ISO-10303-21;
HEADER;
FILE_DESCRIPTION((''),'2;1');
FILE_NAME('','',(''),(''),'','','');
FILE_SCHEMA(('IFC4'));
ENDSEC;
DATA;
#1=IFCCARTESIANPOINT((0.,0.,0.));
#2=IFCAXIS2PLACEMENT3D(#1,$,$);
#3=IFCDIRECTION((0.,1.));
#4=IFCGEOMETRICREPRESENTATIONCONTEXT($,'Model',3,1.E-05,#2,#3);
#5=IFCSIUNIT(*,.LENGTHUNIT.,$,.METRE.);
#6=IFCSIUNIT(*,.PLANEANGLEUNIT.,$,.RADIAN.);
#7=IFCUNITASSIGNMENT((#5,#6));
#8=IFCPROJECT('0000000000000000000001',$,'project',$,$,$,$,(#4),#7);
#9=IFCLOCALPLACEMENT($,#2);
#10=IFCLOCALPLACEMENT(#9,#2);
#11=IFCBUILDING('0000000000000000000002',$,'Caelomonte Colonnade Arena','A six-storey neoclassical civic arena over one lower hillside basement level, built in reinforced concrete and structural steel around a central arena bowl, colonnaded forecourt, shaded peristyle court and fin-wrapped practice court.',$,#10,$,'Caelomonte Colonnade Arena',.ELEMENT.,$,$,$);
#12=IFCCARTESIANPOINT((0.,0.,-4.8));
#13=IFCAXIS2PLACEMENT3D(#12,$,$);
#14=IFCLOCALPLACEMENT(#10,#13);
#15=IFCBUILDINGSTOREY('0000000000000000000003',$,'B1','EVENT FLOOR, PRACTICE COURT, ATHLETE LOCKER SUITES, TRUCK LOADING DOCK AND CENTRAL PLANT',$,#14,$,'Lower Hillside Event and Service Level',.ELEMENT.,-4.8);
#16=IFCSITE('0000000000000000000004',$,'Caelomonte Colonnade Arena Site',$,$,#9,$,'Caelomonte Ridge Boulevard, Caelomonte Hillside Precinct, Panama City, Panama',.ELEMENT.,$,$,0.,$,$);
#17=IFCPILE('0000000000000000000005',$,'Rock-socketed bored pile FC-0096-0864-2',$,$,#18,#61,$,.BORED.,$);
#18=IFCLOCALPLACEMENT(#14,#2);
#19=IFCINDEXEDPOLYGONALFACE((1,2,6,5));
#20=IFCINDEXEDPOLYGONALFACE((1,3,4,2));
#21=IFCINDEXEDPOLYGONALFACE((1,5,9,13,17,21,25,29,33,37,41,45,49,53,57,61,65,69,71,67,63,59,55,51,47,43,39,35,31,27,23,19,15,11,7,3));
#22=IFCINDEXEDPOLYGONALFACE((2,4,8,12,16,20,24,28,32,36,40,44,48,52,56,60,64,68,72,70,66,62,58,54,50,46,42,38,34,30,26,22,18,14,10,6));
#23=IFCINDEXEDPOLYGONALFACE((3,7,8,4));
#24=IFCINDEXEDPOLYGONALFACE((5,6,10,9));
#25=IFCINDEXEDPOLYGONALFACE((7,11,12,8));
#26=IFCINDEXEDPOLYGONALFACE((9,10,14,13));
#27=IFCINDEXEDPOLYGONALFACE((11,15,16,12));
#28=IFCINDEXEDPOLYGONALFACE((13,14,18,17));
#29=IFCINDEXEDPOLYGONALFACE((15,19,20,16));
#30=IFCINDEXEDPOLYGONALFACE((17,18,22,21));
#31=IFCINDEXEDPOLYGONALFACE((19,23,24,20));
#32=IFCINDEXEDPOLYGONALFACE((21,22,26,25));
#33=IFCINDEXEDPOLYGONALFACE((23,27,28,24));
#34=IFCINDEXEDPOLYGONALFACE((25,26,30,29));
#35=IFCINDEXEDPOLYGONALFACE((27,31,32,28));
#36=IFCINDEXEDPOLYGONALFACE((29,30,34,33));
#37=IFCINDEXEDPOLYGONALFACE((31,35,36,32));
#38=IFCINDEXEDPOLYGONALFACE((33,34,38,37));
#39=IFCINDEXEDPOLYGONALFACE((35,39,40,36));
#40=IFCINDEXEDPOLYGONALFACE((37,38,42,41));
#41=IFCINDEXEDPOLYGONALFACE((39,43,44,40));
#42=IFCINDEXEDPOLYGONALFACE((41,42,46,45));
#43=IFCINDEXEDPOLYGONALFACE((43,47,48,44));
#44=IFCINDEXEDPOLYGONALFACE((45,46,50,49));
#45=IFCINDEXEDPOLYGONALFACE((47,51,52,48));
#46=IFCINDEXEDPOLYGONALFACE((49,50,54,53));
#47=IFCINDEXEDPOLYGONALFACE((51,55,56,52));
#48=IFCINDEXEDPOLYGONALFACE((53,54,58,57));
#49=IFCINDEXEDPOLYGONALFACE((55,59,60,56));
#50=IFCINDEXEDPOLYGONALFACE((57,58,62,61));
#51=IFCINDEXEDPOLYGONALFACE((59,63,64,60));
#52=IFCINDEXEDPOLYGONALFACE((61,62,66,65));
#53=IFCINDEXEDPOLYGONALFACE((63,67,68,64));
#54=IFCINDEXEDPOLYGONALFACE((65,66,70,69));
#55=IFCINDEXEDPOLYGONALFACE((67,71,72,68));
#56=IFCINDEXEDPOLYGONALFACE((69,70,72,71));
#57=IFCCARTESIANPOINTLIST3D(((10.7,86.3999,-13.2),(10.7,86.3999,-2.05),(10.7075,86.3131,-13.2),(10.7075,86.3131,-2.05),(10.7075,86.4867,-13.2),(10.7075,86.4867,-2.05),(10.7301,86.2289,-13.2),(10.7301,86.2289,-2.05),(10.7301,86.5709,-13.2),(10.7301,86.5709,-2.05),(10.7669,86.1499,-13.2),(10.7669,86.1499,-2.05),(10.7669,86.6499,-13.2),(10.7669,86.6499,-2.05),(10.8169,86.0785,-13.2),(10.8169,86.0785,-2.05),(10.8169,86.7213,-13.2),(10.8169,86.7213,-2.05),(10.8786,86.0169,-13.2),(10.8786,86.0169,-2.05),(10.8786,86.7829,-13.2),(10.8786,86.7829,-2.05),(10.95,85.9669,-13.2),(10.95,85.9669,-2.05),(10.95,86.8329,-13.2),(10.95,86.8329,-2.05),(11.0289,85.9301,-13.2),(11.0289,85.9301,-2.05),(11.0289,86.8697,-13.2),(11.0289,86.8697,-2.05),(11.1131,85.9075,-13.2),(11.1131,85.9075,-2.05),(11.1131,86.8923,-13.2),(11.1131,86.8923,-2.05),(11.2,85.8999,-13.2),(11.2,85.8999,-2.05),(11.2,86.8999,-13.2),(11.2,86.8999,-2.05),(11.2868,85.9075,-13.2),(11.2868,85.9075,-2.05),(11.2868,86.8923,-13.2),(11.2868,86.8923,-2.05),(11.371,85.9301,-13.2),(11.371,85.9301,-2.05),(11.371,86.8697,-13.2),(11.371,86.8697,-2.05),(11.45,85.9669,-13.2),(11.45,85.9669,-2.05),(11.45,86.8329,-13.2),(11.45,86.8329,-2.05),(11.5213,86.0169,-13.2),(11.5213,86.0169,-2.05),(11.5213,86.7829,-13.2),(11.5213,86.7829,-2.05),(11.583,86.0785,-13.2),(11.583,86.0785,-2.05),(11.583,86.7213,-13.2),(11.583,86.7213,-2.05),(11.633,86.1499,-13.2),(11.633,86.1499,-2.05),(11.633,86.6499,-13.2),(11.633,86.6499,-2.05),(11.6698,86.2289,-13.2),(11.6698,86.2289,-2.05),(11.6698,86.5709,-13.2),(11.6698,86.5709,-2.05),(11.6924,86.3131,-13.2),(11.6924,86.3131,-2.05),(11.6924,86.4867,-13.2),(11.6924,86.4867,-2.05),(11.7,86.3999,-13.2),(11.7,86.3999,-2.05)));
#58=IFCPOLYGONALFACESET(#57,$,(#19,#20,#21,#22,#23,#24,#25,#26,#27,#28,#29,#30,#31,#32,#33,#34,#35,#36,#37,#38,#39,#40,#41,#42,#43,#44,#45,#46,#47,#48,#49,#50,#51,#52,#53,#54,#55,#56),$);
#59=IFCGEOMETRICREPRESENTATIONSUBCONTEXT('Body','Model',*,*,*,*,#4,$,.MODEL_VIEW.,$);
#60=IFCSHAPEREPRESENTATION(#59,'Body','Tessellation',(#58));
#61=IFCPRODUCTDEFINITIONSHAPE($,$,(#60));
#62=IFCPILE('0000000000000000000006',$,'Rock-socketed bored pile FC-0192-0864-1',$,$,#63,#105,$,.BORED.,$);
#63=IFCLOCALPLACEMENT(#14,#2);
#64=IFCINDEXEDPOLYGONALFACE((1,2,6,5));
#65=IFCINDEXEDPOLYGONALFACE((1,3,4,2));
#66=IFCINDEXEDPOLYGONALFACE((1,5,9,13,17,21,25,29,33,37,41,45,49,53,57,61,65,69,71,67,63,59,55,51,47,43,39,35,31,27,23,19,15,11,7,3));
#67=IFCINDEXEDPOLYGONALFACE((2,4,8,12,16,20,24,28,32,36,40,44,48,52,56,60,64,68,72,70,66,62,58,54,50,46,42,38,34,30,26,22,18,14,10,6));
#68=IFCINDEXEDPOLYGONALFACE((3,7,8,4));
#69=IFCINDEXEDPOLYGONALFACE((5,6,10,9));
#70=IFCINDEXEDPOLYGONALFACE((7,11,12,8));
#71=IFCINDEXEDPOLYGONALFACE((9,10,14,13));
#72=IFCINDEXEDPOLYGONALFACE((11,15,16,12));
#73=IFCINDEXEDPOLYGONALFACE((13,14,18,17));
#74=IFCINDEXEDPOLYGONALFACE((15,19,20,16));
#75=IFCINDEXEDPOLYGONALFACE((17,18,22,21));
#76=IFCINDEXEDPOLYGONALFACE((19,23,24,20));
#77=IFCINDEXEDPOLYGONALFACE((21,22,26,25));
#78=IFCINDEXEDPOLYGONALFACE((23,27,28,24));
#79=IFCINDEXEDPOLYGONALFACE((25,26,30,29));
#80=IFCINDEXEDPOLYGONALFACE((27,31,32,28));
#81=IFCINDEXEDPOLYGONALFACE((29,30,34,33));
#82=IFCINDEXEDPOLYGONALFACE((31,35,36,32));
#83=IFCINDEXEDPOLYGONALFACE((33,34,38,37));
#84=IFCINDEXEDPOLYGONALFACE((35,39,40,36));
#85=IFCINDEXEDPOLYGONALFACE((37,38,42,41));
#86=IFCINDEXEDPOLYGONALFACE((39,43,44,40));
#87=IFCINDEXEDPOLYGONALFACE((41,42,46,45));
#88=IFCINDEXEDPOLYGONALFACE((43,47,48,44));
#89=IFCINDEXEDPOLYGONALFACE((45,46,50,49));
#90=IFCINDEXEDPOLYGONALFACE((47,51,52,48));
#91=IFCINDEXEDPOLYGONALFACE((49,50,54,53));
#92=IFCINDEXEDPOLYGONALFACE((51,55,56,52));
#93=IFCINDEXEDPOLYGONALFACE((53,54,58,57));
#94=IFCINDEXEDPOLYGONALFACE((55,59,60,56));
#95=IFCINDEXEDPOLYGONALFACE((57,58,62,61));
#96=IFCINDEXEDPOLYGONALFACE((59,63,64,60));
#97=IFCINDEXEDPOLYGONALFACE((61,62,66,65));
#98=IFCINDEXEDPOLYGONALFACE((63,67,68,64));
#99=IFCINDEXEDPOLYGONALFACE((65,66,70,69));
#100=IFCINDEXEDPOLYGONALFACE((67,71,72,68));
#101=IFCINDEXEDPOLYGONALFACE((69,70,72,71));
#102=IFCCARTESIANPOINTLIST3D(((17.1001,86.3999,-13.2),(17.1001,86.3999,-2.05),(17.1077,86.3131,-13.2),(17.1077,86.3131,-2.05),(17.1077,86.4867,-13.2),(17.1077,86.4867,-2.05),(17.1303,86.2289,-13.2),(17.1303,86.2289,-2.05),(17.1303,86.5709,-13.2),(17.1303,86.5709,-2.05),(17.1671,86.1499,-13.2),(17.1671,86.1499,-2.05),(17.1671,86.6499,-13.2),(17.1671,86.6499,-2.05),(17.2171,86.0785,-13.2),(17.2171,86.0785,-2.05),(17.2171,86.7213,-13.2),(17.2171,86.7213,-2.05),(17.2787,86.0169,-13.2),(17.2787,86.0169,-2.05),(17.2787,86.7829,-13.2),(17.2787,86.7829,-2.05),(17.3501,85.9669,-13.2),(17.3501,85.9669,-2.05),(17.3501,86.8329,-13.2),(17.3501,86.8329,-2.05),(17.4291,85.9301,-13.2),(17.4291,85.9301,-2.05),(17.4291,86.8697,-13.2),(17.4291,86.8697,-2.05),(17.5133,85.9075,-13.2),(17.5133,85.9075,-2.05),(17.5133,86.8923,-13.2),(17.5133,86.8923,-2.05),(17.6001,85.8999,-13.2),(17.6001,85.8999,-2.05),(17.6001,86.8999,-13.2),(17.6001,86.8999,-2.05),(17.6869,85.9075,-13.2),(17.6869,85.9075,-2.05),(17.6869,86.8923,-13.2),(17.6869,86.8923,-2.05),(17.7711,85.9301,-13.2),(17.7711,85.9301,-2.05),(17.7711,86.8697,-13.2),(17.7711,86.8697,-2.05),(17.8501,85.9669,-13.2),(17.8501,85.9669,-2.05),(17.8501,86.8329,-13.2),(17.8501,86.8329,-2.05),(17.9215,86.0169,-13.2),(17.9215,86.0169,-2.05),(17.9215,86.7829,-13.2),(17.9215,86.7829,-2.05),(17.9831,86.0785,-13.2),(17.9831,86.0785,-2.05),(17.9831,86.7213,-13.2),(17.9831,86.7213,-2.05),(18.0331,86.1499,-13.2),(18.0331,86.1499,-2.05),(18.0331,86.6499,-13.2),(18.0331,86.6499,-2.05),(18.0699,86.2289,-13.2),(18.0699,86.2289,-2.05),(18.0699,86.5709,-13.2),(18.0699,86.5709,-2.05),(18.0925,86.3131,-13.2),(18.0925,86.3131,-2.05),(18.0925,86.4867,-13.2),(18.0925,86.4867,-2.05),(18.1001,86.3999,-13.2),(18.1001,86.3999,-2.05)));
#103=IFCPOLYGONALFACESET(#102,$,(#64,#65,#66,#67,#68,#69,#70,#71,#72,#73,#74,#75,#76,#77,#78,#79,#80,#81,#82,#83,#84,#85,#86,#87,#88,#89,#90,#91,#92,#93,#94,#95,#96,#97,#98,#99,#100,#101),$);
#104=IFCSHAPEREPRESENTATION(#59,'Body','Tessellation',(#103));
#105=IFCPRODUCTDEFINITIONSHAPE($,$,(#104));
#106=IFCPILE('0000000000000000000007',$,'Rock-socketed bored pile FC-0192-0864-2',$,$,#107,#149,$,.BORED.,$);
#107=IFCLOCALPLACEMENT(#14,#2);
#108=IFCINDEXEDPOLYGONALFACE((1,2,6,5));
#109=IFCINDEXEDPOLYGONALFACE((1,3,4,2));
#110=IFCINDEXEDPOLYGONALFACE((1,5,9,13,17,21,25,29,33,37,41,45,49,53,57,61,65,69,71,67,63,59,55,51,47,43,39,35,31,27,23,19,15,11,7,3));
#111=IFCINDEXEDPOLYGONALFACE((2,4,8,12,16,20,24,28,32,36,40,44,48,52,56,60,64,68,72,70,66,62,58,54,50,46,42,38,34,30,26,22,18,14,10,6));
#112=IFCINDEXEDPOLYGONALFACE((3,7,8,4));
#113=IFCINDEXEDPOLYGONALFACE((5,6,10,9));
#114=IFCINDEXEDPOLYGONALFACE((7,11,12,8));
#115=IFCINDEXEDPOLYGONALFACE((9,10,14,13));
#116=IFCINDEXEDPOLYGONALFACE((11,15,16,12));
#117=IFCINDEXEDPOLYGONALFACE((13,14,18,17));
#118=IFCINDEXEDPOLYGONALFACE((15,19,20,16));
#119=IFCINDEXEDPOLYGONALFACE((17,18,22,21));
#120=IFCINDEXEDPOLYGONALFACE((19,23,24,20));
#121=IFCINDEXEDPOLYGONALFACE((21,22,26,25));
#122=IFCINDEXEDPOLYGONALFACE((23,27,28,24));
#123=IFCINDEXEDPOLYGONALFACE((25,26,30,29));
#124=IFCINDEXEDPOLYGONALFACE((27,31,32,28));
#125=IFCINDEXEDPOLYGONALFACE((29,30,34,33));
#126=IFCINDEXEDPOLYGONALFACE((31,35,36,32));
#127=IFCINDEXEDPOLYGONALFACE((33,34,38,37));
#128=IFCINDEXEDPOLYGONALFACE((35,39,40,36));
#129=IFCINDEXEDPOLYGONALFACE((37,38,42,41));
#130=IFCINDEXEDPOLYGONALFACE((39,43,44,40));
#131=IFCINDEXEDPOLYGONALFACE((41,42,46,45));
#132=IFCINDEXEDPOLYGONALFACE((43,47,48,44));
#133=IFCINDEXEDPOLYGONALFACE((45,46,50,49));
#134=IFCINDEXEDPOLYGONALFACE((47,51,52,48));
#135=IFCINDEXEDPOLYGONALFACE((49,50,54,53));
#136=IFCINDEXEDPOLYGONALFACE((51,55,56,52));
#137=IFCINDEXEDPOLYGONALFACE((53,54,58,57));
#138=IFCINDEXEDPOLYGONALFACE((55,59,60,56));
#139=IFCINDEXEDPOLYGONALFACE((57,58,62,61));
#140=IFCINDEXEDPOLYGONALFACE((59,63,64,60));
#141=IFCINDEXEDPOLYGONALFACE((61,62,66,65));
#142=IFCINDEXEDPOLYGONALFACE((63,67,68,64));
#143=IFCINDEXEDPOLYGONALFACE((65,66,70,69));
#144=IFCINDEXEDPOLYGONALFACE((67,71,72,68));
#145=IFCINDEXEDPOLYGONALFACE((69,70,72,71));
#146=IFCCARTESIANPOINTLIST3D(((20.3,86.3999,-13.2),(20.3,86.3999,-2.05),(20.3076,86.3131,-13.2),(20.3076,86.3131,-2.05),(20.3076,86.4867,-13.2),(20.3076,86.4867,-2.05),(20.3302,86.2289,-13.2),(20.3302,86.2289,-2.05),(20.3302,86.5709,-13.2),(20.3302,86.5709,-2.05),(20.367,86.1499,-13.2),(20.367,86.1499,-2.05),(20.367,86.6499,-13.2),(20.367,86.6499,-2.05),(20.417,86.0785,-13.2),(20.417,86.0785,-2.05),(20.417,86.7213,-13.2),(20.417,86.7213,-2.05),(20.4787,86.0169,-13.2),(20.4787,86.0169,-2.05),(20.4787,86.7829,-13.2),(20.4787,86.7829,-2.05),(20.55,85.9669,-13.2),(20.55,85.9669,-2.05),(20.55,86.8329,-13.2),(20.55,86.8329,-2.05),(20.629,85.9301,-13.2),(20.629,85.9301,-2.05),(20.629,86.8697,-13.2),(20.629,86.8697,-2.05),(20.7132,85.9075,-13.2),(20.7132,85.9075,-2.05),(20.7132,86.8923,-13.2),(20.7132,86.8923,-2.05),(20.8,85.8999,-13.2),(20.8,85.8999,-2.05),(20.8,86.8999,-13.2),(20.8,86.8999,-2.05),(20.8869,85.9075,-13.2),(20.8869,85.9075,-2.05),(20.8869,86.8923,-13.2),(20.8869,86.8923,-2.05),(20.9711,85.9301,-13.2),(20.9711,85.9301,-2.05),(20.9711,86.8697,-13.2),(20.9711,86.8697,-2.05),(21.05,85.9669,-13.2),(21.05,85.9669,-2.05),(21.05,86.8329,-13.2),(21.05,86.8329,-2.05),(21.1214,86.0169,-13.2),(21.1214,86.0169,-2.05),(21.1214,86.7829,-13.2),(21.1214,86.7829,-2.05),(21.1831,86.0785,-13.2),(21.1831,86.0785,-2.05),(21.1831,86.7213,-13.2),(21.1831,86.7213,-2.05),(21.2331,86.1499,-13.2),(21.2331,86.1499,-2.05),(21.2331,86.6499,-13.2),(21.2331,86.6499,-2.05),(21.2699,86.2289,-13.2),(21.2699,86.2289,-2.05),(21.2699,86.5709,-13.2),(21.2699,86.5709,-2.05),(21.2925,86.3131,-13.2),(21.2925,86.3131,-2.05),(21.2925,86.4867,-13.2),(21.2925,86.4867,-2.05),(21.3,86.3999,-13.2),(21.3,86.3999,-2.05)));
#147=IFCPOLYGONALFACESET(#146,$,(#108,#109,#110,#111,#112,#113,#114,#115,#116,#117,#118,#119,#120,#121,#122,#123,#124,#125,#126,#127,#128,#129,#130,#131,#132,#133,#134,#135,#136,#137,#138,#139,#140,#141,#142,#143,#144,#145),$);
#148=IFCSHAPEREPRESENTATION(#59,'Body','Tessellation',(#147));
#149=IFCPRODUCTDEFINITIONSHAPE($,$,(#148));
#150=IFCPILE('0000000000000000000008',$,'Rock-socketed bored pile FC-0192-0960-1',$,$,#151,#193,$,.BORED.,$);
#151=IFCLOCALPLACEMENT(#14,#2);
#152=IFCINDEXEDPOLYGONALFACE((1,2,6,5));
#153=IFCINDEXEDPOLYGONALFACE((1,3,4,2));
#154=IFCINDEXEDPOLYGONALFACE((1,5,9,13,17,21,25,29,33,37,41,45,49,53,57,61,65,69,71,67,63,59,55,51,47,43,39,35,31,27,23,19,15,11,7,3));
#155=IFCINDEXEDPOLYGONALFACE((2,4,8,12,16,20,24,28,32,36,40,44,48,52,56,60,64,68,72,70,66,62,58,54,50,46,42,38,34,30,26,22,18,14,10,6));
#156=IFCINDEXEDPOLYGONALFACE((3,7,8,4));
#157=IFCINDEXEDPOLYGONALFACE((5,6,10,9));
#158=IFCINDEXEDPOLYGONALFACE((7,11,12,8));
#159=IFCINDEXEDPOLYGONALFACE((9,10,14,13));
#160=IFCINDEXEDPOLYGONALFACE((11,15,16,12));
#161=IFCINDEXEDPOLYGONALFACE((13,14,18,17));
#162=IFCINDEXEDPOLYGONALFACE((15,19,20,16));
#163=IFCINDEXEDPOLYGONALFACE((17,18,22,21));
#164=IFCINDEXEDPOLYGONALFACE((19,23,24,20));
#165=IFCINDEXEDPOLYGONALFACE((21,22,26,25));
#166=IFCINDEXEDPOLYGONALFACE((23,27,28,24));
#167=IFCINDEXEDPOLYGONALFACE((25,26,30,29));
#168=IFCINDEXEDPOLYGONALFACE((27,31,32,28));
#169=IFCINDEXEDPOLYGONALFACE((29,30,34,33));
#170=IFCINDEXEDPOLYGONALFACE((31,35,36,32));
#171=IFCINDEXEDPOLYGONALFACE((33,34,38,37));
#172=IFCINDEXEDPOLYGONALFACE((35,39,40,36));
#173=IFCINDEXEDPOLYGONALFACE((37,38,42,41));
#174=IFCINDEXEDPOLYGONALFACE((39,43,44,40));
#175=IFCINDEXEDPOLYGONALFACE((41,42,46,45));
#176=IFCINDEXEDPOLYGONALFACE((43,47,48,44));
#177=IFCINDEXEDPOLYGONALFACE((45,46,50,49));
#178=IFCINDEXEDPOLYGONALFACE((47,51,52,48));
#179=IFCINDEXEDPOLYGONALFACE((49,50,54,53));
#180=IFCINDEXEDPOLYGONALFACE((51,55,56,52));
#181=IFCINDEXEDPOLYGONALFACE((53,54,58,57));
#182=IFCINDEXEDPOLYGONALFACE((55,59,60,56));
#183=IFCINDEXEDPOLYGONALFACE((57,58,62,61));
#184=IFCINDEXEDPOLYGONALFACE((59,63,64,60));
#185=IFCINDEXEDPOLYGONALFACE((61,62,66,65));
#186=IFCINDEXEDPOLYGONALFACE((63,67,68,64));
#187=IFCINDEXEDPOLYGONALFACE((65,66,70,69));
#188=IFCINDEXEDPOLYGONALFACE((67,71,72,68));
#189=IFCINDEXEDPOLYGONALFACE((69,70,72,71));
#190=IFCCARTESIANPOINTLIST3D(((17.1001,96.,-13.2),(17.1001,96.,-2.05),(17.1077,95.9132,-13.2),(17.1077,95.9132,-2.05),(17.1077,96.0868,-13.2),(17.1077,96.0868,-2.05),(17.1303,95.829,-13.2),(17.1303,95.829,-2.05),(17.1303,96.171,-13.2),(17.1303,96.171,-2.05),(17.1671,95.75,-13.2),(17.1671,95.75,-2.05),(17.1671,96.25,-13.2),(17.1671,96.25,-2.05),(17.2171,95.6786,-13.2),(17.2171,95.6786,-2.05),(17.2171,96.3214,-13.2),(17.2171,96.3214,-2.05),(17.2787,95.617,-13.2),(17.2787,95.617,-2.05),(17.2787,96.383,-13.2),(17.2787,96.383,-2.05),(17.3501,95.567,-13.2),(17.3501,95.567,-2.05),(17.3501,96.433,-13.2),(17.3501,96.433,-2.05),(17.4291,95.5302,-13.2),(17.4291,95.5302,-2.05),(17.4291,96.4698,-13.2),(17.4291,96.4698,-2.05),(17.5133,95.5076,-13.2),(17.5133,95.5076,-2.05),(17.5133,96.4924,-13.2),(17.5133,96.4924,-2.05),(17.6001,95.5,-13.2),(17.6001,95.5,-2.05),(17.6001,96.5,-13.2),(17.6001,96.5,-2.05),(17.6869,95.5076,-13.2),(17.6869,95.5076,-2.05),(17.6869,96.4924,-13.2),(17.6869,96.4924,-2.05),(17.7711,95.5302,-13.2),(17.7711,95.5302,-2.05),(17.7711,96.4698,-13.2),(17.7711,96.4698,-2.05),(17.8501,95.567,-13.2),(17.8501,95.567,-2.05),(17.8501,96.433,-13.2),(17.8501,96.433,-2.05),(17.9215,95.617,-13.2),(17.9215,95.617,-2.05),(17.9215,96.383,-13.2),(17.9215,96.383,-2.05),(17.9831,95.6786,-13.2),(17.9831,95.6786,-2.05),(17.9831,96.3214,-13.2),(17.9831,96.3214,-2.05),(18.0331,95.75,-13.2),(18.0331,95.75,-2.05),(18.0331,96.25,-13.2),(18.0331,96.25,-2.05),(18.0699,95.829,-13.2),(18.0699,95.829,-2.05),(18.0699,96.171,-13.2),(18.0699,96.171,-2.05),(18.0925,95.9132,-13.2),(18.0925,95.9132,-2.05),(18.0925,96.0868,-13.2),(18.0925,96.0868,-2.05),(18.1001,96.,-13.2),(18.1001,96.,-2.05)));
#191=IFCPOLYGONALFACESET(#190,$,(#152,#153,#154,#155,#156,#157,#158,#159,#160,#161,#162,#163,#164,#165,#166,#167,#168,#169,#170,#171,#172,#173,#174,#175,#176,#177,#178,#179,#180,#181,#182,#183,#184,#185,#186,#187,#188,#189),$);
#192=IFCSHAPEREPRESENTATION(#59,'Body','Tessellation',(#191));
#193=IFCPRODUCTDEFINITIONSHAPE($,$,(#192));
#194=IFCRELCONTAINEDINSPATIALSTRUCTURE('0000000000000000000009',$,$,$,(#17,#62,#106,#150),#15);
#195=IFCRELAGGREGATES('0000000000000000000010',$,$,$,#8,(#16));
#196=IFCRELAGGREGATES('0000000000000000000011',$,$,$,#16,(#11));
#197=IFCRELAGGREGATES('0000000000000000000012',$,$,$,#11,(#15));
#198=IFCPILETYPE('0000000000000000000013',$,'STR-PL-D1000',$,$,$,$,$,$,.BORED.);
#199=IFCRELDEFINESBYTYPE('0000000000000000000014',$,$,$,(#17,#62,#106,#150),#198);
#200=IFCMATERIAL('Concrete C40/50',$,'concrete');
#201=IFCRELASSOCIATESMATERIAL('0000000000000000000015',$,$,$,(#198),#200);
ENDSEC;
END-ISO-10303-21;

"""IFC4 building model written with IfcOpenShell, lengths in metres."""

from ifc_helpers import new_model, si_unit, direction, frame, origin, origin_2d, place, context, subcontext, project, spatial, circle, extrude, material, material_profile, profile_set, type_object, element, save


model = new_model("IFC4")

# Units and contexts
model_context = context("Model", 3, precision=1e-05, world=origin(), true_north=direction((0.0, 1.0)))
body_context = subcontext(model_context, "Body", "Model", "MODEL_VIEW")
ifc_project = project(units=[si_unit("LENGTHUNIT", "METRE"), si_unit("PLANEANGLEUNIT", "RADIAN")], contexts=[model_context])

# Site, building, storey
site_placement = place(None, origin())
site = spatial("IfcSite", under=ifc_project, at=site_placement, Name="Caelomonte Colonnade Arena Site", LongName="Caelomonte Ridge Boulevard, Caelomonte Hillside Precinct, Panama City, Panama", CompositionType="ELEMENT", RefElevation=0.0)
building_placement = place(site_placement, origin())
building = spatial("IfcBuilding", under=site, at=building_placement, Name="Caelomonte Colonnade Arena", Description="A six-storey neoclassical civic arena over one lower hillside basement level, built in reinforced concrete and structural steel around a central arena bowl, colonnaded forecourt, shaded peristyle court and fin-wrapped practice court.", LongName="Caelomonte Colonnade Arena", CompositionType="ELEMENT")
storey_placement = place(building_placement, frame((0.0, 0.0, -4.8)))
storey = spatial("IfcBuildingStorey", under=building, at=storey_placement, Name="B1", Description="EVENT FLOOR, PRACTICE COURT, ATHLETE LOCKER SUITES, TRUCK LOADING DOCK AND CENTRAL PLANT", LongName="Lower Hillside Event and Service Level", CompositionType="ELEMENT", Elevation=-4.8)

# Shared definitions
ifc_material_1 = material(Name="Concrete C40/50", Category="concrete")

# Piles
ifc_material_profile_1 = material_profile(ifc_material_1, circle(Radius=0.5, at=origin_2d()), Name="PILE-D1000")
ifc_profile_set_1 = profile_set([ifc_material_profile_1], Name="Concrete C40/50")
pile_type = type_object("IfcPileType", Name="STR-PL-D1000", PredefinedType="BORED", material=ifc_profile_set_1)
for number, where, z_axis, x_axis, name in (
    (1, (11.2, 86.3999, -2.05), (0.0, 0.0, -1.0), (1.0, 0.0, 0.0), "Rock-socketed bored pile FC-0096-0864-2"),
    (2, (17.6001, 86.3999, -2.05), (0.0, 0.0, -1.0), (1.0, 0.0, 0.0), "Rock-socketed bored pile FC-0192-0864-1"),
    (3, (20.8, 86.3999, -2.05), (0.0, 0.0, -1.0), (1.0, 0.0, 0.0), "Rock-socketed bored pile FC-0192-0864-2"),
    (4, (17.6001, 96.0, -2.05), (0.0, 0.0, -1.0), (1.0, 0.0, 0.0), "Rock-socketed bored pile FC-0192-0960-1"),
):
    element("IfcPile", number, at=place(storey_placement, frame(where, z_axis=z_axis, x_axis=x_axis)), inside=storey, type_object=pile_type, Name=name, PredefinedType="BORED", context=body_context, shape_type="SweptSolid", body=[
        extrude(circle(Radius=0.5, at=origin_2d()), origin(), (0.0, 0.0, 1.0), 11.1499),
    ])

save(model, "model.ifc")
